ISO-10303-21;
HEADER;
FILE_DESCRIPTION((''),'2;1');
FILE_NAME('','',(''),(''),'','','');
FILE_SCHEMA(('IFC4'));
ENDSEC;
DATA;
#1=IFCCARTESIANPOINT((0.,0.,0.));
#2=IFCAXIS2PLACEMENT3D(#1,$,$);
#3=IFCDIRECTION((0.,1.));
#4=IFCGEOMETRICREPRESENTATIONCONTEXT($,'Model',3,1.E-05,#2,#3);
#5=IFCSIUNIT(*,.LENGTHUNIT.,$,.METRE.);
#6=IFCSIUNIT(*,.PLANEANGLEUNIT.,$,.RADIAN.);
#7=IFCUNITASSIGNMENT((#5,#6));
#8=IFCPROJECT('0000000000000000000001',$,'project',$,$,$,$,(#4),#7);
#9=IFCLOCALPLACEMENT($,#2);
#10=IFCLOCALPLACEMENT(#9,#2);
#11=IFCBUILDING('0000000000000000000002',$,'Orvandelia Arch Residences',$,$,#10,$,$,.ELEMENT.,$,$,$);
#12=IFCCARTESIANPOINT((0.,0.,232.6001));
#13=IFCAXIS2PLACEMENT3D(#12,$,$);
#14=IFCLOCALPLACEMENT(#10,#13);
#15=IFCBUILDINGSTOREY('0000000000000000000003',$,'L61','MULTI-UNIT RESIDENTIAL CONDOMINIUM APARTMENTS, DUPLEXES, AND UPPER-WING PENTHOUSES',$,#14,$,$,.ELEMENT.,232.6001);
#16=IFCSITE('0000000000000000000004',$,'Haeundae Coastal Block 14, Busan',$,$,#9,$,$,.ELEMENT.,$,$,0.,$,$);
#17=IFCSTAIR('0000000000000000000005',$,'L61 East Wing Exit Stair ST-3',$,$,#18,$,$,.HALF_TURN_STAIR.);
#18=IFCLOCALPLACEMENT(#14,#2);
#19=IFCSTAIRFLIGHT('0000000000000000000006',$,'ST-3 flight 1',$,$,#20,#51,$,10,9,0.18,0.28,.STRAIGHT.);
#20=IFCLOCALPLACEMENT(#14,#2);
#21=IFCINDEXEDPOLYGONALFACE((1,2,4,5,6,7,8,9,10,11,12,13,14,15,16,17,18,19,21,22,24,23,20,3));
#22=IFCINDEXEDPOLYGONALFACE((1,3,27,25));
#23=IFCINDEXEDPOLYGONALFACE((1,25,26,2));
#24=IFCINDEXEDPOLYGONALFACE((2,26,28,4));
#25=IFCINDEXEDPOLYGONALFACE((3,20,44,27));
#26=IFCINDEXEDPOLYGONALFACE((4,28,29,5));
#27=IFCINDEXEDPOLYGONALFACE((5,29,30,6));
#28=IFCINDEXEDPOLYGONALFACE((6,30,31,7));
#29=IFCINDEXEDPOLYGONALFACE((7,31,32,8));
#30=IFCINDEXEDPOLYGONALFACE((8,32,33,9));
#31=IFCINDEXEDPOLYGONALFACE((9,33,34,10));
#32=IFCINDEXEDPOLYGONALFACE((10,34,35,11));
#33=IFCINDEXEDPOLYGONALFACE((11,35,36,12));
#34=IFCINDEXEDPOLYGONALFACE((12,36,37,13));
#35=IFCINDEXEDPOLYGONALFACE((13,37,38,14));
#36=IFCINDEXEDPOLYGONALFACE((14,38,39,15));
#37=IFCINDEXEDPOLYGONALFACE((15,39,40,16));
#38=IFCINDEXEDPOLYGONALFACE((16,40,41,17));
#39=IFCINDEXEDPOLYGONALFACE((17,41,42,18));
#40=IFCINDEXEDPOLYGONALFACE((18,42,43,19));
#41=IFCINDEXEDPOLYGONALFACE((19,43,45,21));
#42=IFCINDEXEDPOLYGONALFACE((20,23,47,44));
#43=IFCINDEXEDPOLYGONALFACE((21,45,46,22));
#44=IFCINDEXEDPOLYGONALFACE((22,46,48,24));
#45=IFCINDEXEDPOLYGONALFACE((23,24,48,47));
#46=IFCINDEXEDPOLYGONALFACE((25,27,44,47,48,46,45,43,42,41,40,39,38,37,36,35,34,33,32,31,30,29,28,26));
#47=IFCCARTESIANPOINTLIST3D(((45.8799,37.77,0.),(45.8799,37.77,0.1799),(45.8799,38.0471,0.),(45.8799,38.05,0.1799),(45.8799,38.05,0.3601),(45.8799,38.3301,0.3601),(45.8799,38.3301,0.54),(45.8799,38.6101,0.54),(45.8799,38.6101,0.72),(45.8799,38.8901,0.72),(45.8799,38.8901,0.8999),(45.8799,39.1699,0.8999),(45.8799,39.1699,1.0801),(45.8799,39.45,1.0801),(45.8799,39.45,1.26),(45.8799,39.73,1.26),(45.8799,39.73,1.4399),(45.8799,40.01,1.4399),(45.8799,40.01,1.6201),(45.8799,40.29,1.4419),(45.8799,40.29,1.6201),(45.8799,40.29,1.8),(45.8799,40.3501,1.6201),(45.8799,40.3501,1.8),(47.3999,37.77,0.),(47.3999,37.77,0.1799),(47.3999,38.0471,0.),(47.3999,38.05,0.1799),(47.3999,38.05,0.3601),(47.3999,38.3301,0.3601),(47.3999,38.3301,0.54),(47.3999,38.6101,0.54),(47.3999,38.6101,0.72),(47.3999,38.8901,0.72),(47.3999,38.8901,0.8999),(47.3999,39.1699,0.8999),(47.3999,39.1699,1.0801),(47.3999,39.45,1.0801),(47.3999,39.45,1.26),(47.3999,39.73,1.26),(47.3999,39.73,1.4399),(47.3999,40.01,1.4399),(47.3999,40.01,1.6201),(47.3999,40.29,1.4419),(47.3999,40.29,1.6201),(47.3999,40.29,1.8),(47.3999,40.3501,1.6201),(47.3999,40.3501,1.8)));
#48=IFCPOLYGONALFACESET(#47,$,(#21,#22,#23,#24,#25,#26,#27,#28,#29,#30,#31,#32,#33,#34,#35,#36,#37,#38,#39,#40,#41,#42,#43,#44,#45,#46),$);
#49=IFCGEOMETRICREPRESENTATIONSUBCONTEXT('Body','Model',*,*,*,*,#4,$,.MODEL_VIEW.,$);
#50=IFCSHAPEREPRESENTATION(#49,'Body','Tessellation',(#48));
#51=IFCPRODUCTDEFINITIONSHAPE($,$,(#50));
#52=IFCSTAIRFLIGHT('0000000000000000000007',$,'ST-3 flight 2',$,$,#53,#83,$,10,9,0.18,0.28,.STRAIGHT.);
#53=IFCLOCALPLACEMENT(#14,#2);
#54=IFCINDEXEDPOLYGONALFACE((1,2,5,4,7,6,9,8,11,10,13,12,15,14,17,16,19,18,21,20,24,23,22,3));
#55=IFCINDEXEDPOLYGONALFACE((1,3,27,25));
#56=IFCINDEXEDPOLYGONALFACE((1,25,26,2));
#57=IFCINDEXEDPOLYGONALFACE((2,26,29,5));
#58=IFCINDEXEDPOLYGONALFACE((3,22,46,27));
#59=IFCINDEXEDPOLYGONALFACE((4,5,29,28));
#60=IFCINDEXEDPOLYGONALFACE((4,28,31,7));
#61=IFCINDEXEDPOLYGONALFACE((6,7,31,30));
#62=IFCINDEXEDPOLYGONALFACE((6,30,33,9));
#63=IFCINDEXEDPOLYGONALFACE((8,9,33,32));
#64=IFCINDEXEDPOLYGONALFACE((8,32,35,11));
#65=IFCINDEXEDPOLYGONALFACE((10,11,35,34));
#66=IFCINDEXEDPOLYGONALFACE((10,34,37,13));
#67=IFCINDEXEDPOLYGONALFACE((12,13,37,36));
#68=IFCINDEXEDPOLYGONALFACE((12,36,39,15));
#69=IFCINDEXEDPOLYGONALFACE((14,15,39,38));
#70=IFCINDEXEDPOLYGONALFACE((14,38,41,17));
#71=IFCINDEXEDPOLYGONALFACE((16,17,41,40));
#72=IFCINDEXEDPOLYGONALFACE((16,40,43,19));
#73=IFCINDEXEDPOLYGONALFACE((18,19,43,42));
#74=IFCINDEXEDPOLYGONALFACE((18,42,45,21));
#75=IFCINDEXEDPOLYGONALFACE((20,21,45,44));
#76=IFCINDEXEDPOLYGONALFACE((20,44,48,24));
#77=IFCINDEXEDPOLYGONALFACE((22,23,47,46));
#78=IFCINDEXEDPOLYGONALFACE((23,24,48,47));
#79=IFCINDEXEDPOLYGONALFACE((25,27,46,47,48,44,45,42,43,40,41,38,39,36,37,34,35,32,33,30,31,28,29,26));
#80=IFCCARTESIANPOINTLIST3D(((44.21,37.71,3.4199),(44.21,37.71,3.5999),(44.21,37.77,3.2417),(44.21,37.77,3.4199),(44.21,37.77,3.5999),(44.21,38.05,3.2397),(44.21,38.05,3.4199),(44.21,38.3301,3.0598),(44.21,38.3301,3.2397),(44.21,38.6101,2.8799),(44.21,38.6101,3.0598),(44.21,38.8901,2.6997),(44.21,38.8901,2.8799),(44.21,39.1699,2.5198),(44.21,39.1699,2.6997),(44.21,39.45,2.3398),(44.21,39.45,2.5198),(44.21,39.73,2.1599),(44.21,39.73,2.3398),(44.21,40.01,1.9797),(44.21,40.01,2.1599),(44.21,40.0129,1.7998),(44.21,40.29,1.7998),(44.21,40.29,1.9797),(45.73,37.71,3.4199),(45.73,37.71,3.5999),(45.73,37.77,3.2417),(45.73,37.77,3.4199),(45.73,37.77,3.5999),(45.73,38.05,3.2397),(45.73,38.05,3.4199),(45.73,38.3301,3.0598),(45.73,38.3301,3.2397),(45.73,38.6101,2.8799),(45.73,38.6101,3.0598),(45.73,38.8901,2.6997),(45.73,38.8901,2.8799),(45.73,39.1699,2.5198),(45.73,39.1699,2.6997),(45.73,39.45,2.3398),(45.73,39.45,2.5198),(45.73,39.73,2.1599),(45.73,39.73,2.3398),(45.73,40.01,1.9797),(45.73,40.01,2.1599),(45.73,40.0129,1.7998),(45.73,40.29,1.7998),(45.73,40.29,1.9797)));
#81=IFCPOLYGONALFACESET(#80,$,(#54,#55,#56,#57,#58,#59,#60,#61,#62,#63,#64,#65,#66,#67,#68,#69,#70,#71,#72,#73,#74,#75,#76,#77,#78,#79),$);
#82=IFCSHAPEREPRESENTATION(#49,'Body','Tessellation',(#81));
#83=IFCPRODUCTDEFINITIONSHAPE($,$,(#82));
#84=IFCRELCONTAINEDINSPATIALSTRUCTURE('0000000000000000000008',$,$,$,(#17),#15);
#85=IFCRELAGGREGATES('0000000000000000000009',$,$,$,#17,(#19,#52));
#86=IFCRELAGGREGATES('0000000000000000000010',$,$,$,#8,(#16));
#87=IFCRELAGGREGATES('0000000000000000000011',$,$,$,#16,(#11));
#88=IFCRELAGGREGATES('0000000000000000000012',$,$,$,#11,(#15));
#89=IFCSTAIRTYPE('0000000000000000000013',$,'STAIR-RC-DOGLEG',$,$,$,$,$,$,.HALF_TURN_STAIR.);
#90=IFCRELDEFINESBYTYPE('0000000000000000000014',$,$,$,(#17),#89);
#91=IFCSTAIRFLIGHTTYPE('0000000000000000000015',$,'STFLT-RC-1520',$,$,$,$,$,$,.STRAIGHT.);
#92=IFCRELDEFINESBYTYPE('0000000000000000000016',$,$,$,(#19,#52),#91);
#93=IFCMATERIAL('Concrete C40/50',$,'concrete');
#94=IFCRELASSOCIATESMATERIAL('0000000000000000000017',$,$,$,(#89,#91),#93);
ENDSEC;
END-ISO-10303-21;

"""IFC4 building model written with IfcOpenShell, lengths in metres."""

from ifc_helpers import new_model, si_unit, direction, frame, origin, place, context, subcontext, project, spatial, polyline, outline, extrude, material, type_object, element, aggregate, save


model = new_model("IFC4")

# Units and contexts
model_context = context("Model", 3, precision=1e-05, world=origin(), true_north=direction((0.0, 1.0)))
body_context = subcontext(model_context, "Body", "Model", "MODEL_VIEW")
ifc_project = project(units=[si_unit("LENGTHUNIT", "METRE"), si_unit("PLANEANGLEUNIT", "RADIAN")], contexts=[model_context])

# Site, building, storey
site_placement = place(None, origin())
site = spatial("IfcSite", under=ifc_project, at=site_placement, Name="Haeundae Coastal Block 14, Busan", CompositionType="ELEMENT", RefElevation=0.0)
building_placement = place(site_placement, origin())
building = spatial("IfcBuilding", under=site, at=building_placement, Name="Orvandelia Arch Residences", CompositionType="ELEMENT")
storey_placement = place(building_placement, frame((0.0, 0.0, 232.6001)))
storey = spatial("IfcBuildingStorey", under=building, at=storey_placement, Name="L61", Description="MULTI-UNIT RESIDENTIAL CONDOMINIUM APARTMENTS, DUPLEXES, AND UPPER-WING PENTHOUSES", CompositionType="ELEMENT", Elevation=232.6001)

# Stair, stair flights
ifc_material_1 = material(Name="Concrete C40/50", Category="concrete")
stair_type = type_object("IfcStairType", Name="STAIR-RC-DOGLEG", PredefinedType="HALF_TURN_STAIR", material=ifc_material_1)
stair_placement = place(storey_placement, origin())
stair = element("IfcStair", 1, at=stair_placement, inside=storey, type_object=stair_type, Name="L61 East Wing Exit Stair ST-3", PredefinedType="HALF_TURN_STAIR")
stair_flight_type = type_object("IfcStairFlightType", Name="STFLT-RC-1520", PredefinedType="STRAIGHT", material=ifc_material_1)
stair_flight_1_placement = place(storey_placement, frame((46.6399, 37.77, 0.0), z_axis=(0.0, 0.0, 1.0), x_axis=(0.0, 1.0, 0.0)))
stair_flight_1 = element("IfcStairFlight", 2, at=stair_flight_1_placement, type_object=stair_flight_type, Name="ST-3 flight 1", NumberOfRisers=10, NumberOfTreads=9, PredefinedType="STRAIGHT", RiserHeight=0.18, TreadLength=0.28, context=body_context, shape_type="SweptSolid", body=[
    extrude(outline(polyline([(0.0, 0.0), (0.0, 0.1799), (0.28, 0.1799), (0.28, 0.3601), (0.5601, 0.3601), (0.5601, 0.54), (0.8401, 0.54), (0.8401, 0.72), (1.1201, 0.72), (1.1201, 0.8999), (1.3999, 0.8999), (1.3999, 1.0801), (1.6799, 1.0801), (1.6799, 1.26), (1.96, 1.26), (1.96, 1.4399), (2.24, 1.4399), (2.24, 1.6201), (2.52, 1.6201), (2.52, 1.8), (2.5801, 1.8), (2.5801, 1.6201), (2.52, 1.4419), (0.2771, 0.0), (0.0, 0.0)])), frame((0.0, 0.76, 0.0), z_axis=(0.0, -1.0, 0.0), x_axis=(1.0, 0.0, 0.0)), (0.0, 0.0, 1.0), 1.52),
])
stair_flight_2_placement = place(storey_placement, frame((44.97, 40.29, 1.7998), z_axis=(0.0, 0.0, 1.0), x_axis=(0.0, -1.0, 0.0)))
stair_flight_2 = element("IfcStairFlight", 3, at=stair_flight_2_placement, type_object=stair_flight_type, Name="ST-3 flight 2", NumberOfRisers=10, NumberOfTreads=9, PredefinedType="STRAIGHT", RiserHeight=0.18, TreadLength=0.28, context=body_context, shape_type="SweptSolid", body=[
    extrude(outline(polyline([(0.0, 0.0), (0.0, 0.1799), (0.28, 0.1799), (0.28, 0.3601), (0.5601, 0.3601), (0.5601, 0.54), (0.8401, 0.54), (0.8401, 0.72), (1.1201, 0.72), (1.1201, 0.8999), (1.3999, 0.8999), (1.3999, 1.0801), (1.6799, 1.0801), (1.6799, 1.26), (1.96, 1.26), (1.96, 1.4399), (2.24, 1.4399), (2.24, 1.6201), (2.52, 1.6201), (2.52, 1.8), (2.5801, 1.8), (2.5801, 1.6201), (2.52, 1.4419), (0.2771, 0.0), (0.0, 0.0)])), frame((0.0, 0.76, 0.0), z_axis=(0.0, -1.0, 0.0), x_axis=(1.0, 0.0, 0.0)), (0.0, 0.0, 1.0), 1.52),
])
aggregate(stair, [stair_flight_1, stair_flight_2])

save(model, "model.ifc")
